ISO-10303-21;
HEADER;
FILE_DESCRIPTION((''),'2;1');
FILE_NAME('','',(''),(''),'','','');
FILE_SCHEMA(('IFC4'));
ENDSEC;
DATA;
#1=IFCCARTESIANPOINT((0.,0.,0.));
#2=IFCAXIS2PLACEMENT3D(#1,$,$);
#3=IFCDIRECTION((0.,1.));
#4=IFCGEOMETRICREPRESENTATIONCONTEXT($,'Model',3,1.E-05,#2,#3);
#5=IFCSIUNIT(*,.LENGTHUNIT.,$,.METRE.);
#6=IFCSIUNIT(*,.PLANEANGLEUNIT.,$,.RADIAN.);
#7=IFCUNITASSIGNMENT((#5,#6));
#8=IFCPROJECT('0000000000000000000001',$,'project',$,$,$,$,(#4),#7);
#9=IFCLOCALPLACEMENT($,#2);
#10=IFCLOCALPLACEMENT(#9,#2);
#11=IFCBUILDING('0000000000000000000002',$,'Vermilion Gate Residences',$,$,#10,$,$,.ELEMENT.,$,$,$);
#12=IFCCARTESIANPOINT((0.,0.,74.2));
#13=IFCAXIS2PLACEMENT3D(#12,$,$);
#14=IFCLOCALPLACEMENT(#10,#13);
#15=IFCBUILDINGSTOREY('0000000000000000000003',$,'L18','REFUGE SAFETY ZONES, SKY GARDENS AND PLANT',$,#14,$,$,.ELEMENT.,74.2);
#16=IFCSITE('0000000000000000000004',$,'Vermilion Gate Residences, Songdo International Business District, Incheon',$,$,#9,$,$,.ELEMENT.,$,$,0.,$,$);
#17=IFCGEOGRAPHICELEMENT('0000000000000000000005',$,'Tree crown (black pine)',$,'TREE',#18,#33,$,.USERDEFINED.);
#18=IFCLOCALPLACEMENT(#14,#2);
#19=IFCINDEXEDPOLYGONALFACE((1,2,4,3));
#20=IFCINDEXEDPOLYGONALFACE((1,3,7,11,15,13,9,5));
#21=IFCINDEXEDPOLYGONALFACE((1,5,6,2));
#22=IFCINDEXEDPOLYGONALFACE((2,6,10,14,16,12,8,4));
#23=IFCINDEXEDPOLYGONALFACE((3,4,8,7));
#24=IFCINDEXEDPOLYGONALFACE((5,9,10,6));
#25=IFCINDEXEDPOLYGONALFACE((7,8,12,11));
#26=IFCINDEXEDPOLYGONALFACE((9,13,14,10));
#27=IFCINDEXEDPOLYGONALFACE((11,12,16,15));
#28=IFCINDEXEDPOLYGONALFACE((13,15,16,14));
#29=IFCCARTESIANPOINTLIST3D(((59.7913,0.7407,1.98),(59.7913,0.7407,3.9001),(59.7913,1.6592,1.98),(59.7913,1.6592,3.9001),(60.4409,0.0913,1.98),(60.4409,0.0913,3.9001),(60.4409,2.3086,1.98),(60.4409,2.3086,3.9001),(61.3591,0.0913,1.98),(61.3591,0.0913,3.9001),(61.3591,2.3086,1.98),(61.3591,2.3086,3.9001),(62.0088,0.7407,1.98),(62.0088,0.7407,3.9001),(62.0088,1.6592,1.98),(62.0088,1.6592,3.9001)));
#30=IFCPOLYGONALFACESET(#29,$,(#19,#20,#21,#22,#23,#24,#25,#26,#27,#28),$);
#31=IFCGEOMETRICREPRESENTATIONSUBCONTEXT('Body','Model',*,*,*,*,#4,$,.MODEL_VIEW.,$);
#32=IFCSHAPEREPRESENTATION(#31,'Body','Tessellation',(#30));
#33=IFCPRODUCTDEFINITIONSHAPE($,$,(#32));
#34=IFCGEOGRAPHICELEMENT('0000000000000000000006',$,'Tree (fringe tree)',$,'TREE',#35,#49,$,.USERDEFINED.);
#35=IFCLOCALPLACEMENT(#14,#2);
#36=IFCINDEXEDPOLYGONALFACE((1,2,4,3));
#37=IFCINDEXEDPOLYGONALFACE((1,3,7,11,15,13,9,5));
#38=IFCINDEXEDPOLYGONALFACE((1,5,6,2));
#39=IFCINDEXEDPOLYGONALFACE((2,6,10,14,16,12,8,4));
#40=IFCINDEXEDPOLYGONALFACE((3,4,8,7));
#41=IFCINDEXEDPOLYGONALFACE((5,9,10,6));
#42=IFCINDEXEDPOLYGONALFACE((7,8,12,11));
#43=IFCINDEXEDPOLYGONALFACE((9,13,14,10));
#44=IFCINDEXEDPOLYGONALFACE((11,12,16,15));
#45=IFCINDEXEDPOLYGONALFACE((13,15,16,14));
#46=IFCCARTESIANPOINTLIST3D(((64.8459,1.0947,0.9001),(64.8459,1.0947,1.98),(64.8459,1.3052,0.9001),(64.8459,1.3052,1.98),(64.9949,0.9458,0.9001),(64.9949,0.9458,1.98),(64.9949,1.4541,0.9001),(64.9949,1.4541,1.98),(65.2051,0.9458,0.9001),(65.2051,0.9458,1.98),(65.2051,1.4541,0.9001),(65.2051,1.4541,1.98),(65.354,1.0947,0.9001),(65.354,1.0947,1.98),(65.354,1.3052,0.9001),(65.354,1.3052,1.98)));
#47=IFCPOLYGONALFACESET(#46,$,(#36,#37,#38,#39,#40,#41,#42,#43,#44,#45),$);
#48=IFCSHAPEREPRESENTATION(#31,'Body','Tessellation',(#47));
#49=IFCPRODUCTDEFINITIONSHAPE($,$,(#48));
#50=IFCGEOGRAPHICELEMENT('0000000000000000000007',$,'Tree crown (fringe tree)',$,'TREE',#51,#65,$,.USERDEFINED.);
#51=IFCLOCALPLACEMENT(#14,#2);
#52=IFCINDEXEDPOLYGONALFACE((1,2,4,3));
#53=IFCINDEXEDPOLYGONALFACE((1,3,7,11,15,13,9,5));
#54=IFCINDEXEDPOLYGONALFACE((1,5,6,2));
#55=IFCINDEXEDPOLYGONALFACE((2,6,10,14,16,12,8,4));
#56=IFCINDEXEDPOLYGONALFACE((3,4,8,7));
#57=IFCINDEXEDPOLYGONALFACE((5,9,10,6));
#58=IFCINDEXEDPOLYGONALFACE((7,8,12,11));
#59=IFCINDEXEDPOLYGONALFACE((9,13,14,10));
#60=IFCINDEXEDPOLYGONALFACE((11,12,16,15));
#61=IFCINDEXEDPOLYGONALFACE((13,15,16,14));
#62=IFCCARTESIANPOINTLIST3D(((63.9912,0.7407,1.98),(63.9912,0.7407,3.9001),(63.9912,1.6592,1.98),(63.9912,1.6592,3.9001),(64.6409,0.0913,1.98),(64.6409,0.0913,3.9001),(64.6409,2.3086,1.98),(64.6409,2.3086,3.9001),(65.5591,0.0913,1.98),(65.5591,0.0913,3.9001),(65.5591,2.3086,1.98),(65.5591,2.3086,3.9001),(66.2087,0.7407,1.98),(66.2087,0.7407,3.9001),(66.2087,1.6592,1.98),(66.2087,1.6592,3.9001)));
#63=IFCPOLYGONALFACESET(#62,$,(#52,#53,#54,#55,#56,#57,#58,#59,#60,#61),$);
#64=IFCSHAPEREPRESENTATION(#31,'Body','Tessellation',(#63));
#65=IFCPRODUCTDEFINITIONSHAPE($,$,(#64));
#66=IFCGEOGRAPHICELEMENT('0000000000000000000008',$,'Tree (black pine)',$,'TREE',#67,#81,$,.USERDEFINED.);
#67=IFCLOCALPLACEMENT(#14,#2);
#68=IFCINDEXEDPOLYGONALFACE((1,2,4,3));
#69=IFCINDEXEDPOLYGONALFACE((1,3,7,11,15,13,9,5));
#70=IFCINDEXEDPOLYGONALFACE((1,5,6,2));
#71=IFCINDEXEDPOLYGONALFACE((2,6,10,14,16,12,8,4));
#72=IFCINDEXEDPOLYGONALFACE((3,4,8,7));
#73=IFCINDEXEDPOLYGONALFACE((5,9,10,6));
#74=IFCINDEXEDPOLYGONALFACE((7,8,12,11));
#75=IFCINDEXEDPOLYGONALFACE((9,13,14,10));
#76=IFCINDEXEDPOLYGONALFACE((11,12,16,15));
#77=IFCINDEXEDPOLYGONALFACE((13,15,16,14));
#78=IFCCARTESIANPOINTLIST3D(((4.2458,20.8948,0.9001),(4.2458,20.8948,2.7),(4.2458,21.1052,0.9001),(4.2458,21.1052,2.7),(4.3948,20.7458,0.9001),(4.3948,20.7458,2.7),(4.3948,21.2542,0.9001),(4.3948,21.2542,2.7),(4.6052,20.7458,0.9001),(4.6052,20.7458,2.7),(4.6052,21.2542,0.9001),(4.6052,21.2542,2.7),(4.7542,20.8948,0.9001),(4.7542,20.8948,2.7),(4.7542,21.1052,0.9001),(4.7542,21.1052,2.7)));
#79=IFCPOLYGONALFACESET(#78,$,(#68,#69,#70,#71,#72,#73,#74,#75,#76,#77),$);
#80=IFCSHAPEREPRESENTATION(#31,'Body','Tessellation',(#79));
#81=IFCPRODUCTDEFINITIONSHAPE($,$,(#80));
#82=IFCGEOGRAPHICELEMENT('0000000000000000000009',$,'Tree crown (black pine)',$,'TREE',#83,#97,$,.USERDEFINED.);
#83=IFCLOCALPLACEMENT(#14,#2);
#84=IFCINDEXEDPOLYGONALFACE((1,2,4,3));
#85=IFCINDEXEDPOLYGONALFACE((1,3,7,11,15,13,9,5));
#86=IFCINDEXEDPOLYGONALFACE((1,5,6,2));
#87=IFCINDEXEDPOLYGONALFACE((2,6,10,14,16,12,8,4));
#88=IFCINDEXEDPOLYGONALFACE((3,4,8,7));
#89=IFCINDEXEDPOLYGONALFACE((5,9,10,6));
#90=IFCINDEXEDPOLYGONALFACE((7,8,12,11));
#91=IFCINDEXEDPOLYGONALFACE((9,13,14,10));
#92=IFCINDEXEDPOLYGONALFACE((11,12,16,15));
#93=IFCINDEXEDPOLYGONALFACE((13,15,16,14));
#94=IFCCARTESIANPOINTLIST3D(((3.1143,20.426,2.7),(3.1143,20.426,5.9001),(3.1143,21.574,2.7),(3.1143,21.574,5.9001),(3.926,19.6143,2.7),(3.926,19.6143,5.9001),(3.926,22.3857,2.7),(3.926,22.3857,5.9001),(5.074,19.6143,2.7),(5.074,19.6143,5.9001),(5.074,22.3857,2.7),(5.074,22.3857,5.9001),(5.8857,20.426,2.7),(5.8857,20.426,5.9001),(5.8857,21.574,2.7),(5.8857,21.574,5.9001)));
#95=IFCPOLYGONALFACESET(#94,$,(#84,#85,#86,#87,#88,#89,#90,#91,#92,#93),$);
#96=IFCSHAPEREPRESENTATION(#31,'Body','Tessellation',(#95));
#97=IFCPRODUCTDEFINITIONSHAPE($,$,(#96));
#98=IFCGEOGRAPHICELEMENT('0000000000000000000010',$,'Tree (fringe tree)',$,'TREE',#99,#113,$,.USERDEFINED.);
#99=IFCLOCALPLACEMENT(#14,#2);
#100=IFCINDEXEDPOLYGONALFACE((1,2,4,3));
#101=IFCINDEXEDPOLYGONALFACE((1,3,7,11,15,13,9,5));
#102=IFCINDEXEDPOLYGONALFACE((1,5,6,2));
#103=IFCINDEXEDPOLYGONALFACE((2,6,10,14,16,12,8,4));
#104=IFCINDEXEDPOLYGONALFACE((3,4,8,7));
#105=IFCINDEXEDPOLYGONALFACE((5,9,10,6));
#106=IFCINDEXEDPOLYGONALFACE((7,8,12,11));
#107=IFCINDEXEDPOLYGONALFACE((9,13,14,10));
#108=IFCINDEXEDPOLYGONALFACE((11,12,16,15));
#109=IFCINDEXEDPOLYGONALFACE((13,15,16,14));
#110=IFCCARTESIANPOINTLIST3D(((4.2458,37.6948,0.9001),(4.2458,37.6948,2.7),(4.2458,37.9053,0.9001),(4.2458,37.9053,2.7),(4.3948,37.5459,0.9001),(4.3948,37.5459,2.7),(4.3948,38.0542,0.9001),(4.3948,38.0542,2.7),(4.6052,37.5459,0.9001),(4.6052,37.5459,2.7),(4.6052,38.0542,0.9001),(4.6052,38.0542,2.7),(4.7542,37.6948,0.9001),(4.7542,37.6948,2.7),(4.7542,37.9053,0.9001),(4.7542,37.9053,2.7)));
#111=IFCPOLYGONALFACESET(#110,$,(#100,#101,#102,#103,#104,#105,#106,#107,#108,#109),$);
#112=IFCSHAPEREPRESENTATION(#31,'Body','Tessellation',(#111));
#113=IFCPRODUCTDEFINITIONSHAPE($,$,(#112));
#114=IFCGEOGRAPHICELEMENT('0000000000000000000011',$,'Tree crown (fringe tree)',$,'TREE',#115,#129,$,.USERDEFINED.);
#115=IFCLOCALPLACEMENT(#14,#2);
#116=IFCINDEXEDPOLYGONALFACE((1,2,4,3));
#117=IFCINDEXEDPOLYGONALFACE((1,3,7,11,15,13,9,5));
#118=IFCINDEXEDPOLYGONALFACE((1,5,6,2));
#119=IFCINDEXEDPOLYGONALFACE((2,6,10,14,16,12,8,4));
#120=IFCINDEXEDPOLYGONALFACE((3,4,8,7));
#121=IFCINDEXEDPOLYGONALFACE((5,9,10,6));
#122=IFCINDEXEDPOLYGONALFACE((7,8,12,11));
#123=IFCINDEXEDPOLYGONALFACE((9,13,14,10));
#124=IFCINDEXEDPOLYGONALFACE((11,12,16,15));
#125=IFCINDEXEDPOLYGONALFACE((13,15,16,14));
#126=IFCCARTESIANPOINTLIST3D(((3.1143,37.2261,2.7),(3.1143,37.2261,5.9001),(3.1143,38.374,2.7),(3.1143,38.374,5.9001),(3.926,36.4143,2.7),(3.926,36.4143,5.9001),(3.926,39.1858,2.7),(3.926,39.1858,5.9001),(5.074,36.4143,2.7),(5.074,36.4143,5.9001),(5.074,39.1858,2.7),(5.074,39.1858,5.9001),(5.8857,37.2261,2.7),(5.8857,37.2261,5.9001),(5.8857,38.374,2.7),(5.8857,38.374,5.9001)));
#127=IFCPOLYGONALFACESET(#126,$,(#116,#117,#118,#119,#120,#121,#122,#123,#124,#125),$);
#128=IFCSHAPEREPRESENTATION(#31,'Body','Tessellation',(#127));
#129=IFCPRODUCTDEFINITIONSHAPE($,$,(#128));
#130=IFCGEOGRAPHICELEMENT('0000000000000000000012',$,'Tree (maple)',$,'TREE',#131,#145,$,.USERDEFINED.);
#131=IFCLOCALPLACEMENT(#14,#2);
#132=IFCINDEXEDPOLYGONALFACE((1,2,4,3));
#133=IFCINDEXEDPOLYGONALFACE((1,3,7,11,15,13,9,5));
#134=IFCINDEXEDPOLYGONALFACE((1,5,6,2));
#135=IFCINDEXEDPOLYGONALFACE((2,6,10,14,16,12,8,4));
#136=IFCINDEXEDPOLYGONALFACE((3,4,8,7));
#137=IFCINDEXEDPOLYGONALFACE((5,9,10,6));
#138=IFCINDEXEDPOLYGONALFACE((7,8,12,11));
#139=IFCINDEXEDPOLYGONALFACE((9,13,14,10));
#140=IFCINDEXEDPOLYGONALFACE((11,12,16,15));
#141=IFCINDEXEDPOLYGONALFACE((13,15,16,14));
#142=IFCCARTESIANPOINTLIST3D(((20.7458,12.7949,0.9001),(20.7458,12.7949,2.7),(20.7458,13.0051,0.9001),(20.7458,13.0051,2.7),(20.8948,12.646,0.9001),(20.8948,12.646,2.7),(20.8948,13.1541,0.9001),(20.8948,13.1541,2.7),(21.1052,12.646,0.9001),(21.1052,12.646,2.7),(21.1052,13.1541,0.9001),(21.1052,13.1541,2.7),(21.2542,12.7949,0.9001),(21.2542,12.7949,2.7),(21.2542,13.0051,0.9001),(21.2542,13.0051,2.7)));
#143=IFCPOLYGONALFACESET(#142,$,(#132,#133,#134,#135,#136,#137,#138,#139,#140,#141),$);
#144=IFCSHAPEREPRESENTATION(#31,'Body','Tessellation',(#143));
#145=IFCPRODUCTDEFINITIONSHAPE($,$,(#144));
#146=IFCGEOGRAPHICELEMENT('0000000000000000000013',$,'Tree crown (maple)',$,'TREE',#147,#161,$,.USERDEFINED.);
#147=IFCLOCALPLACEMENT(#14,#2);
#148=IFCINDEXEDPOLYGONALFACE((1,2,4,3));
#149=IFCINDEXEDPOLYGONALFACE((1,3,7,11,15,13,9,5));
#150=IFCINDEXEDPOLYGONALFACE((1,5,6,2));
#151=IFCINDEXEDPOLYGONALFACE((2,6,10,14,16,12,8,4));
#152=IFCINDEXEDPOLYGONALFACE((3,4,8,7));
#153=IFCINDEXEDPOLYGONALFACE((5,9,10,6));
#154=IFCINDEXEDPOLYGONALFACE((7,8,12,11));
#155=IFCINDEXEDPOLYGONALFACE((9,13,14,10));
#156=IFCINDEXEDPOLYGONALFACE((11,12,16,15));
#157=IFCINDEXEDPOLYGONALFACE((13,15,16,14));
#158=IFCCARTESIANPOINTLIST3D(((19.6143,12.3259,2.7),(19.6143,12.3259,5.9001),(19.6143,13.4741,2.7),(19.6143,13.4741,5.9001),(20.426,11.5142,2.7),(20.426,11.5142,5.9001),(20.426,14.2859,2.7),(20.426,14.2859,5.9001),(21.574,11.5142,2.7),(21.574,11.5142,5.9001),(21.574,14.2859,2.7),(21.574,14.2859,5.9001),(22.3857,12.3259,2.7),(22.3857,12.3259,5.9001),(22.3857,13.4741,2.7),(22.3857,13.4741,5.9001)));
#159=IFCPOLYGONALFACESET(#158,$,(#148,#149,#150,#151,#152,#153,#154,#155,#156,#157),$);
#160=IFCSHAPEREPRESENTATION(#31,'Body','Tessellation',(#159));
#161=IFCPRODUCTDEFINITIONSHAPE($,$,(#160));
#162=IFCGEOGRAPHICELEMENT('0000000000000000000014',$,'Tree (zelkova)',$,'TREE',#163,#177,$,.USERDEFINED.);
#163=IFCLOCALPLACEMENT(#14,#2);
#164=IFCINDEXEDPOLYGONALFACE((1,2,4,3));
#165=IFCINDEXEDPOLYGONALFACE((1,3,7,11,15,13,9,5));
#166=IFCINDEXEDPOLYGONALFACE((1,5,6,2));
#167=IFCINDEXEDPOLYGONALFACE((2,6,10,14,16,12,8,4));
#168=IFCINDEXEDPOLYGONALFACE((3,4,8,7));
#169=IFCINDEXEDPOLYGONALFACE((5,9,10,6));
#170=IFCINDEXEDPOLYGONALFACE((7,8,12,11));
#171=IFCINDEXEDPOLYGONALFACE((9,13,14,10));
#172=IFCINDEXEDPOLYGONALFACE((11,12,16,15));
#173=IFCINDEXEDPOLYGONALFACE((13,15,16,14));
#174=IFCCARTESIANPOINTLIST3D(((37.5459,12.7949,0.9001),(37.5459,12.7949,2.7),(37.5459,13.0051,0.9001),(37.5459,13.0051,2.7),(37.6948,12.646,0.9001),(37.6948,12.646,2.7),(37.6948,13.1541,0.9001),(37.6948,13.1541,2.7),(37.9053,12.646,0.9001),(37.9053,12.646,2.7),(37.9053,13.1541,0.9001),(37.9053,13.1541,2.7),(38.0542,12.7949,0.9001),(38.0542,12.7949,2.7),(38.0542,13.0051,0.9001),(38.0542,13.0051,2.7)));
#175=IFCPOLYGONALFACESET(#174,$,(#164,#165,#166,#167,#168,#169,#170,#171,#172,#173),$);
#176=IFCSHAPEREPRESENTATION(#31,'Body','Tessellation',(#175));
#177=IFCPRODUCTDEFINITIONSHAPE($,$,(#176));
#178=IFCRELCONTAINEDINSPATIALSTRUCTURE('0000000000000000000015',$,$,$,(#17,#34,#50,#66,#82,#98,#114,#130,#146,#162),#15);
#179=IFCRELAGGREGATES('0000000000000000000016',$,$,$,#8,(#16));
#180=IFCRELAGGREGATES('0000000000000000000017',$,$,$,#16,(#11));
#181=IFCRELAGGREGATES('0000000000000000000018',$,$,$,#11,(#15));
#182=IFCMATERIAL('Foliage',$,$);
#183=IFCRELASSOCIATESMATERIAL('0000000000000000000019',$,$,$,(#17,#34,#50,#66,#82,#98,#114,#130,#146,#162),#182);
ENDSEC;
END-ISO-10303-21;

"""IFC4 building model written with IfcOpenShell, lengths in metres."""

from ifc_helpers import new_model, si_unit, direction, frame, origin, place, context, subcontext, project, spatial, polyline, outline, extrude, material, element, save


model = new_model("IFC4")

# Units and contexts
model_context = context("Model", 3, precision=1e-05, world=origin(), true_north=direction((0.0, 1.0)))
body_context = subcontext(model_context, "Body", "Model", "MODEL_VIEW")
ifc_project = project(units=[si_unit("LENGTHUNIT", "METRE"), si_unit("PLANEANGLEUNIT", "RADIAN")], contexts=[model_context])

# Site, building, storey
site_placement = place(None, origin())
site = spatial("IfcSite", under=ifc_project, at=site_placement, Name="Vermilion Gate Residences, Songdo International Business District, Incheon", CompositionType="ELEMENT", RefElevation=0.0)
building_placement = place(site_placement, origin())
building = spatial("IfcBuilding", under=site, at=building_placement, Name="Vermilion Gate Residences", CompositionType="ELEMENT")
storey_placement = place(building_placement, frame((0.0, 0.0, 74.2)))
storey = spatial("IfcBuildingStorey", under=building, at=storey_placement, Name="L18", Description="REFUGE SAFETY ZONES, SKY GARDENS AND PLANT", CompositionType="ELEMENT", Elevation=74.2)

# Geographic elements
ifc_material = material(Name="Foliage")
geographic_element_1_placement = place(storey_placement, frame((0.0, 0.0, 1.98)))
element("IfcGeographicElement", 1, at=geographic_element_1_placement, inside=storey, material=ifc_material, Name="Tree crown (black pine)", ObjectType="TREE", PredefinedType="USERDEFINED", context=body_context, shape_type="SweptSolid", body=[
    extrude(outline(polyline([(62.0088, 1.6592), (61.3591, 2.3086), (60.4409, 2.3086), (59.7913, 1.6592), (59.7913, 0.7407), (60.4409, 0.0913), (61.3591, 0.0913), (62.0088, 0.7407), (62.0088, 1.6592)])), origin(), (0.0, 0.0, 1.0), 1.9202),
])
geographic_element_2_placement = place(storey_placement, frame((0.0, 0.0, 0.9001)))
element("IfcGeographicElement", 2, at=geographic_element_2_placement, inside=storey, material=ifc_material, Name="Tree (fringe tree)", ObjectType="TREE", PredefinedType="USERDEFINED", context=body_context, shape_type="SweptSolid", body=[
    extrude(outline(polyline([(65.354, 1.3052), (65.2051, 1.4541), (64.9949, 1.4541), (64.8459, 1.3052), (64.8459, 1.0947), (64.9949, 0.9458), (65.2051, 0.9458), (65.354, 1.0947), (65.354, 1.3052)])), origin(), (0.0, 0.0, 1.0), 1.0798),
])
geographic_element_3_placement = place(storey_placement, frame((0.0, 0.0, 1.98)))
element("IfcGeographicElement", 3, at=geographic_element_3_placement, inside=storey, material=ifc_material, Name="Tree crown (fringe tree)", ObjectType="TREE", PredefinedType="USERDEFINED", context=body_context, shape_type="SweptSolid", body=[
    extrude(outline(polyline([(66.2087, 1.6592), (65.5591, 2.3086), (64.6409, 2.3086), (63.9912, 1.6592), (63.9912, 0.7407), (64.6409, 0.0913), (65.5591, 0.0913), (66.2087, 0.7407), (66.2087, 1.6592)])), origin(), (0.0, 0.0, 1.0), 1.9202),
])
geographic_element_4_placement = place(storey_placement, frame((0.0, 0.0, 0.9001)))
element("IfcGeographicElement", 4, at=geographic_element_4_placement, inside=storey, material=ifc_material, Name="Tree (black pine)", ObjectType="TREE", PredefinedType="USERDEFINED", context=body_context, shape_type="SweptSolid", body=[
    extrude(outline(polyline([(4.7542, 21.1052), (4.6052, 21.2542), (4.3948, 21.2542), (4.2458, 21.1052), (4.2458, 20.8948), (4.3948, 20.7458), (4.6052, 20.7458), (4.7542, 20.8948), (4.7542, 21.1052)])), origin(), (0.0, 0.0, 1.0), 1.7998),
])
geographic_element_5_placement = place(storey_placement, frame((0.0, 0.0, 2.7)))
element("IfcGeographicElement", 5, at=geographic_element_5_placement, inside=storey, material=ifc_material, Name="Tree crown (black pine)", ObjectType="TREE", PredefinedType="USERDEFINED", context=body_context, shape_type="SweptSolid", body=[
    extrude(outline(polyline([(5.8857, 21.574), (5.074, 22.3857), (3.926, 22.3857), (3.1143, 21.574), (3.1143, 20.426), (3.926, 19.6143), (5.074, 19.6143), (5.8857, 20.426), (5.8857, 21.574)])), origin(), (0.0, 0.0, 1.0), 3.2002),
])
geographic_element_6_placement = place(storey_placement, frame((0.0, 0.0, 0.9001)))
element("IfcGeographicElement", 6, at=geographic_element_6_placement, inside=storey, material=ifc_material, Name="Tree (fringe tree)", ObjectType="TREE", PredefinedType="USERDEFINED", context=body_context, shape_type="SweptSolid", body=[
    extrude(outline(polyline([(4.7542, 37.9053), (4.6052, 38.0542), (4.3948, 38.0542), (4.2458, 37.9053), (4.2458, 37.6948), (4.3948, 37.5459), (4.6052, 37.5459), (4.7542, 37.6948), (4.7542, 37.9053)])), origin(), (0.0, 0.0, 1.0), 1.7998),
])
geographic_element_7_placement = place(storey_placement, frame((0.0, 0.0, 2.7)))
element("IfcGeographicElement", 7, at=geographic_element_7_placement, inside=storey, material=ifc_material, Name="Tree crown (fringe tree)", ObjectType="TREE", PredefinedType="USERDEFINED", context=body_context, shape_type="SweptSolid", body=[
    extrude(outline(polyline([(5.8857, 38.374), (5.074, 39.1858), (3.926, 39.1858), (3.1143, 38.374), (3.1143, 37.2261), (3.926, 36.4143), (5.074, 36.4143), (5.8857, 37.2261), (5.8857, 38.374)])), origin(), (0.0, 0.0, 1.0), 3.2002),
])
geographic_element_8_placement = place(storey_placement, frame((0.0, 0.0, 0.9001)))
element("IfcGeographicElement", 8, at=geographic_element_8_placement, inside=storey, material=ifc_material, Name="Tree (maple)", ObjectType="TREE", PredefinedType="USERDEFINED", context=body_context, shape_type="SweptSolid", body=[
    extrude(outline(polyline([(21.2542, 13.0051), (21.1052, 13.1541), (20.8948, 13.1541), (20.7458, 13.0051), (20.7458, 12.7949), (20.8948, 12.646), (21.1052, 12.646), (21.2542, 12.7949), (21.2542, 13.0051)])), origin(), (0.0, 0.0, 1.0), 1.7998),
])
geographic_element_9_placement = place(storey_placement, frame((0.0, 0.0, 2.7)))
element("IfcGeographicElement", 9, at=geographic_element_9_placement, inside=storey, material=ifc_material, Name="Tree crown (maple)", ObjectType="TREE", PredefinedType="USERDEFINED", context=body_context, shape_type="SweptSolid", body=[
    extrude(outline(polyline([(22.3857, 13.4741), (21.574, 14.2859), (20.426, 14.2859), (19.6143, 13.4741), (19.6143, 12.3259), (20.426, 11.5142), (21.574, 11.5142), (22.3857, 12.3259), (22.3857, 13.4741)])), origin(), (0.0, 0.0, 1.0), 3.2002),
])
geographic_element_10_placement = place(storey_placement, frame((0.0, 0.0, 0.9001)))
element("IfcGeographicElement", 10, at=geographic_element_10_placement, inside=storey, material=ifc_material, Name="Tree (zelkova)", ObjectType="TREE", PredefinedType="USERDEFINED", context=body_context, shape_type="SweptSolid", body=[
    extrude(outline(polyline([(38.0542, 13.0051), (37.9053, 13.1541), (37.6948, 13.1541), (37.5459, 13.0051), (37.5459, 12.7949), (37.6948, 12.646), (37.9053, 12.646), (38.0542, 12.7949), (38.0542, 13.0051)])), origin(), (0.0, 0.0, 1.0), 1.7998),
])

save(model, "model.ifc")
